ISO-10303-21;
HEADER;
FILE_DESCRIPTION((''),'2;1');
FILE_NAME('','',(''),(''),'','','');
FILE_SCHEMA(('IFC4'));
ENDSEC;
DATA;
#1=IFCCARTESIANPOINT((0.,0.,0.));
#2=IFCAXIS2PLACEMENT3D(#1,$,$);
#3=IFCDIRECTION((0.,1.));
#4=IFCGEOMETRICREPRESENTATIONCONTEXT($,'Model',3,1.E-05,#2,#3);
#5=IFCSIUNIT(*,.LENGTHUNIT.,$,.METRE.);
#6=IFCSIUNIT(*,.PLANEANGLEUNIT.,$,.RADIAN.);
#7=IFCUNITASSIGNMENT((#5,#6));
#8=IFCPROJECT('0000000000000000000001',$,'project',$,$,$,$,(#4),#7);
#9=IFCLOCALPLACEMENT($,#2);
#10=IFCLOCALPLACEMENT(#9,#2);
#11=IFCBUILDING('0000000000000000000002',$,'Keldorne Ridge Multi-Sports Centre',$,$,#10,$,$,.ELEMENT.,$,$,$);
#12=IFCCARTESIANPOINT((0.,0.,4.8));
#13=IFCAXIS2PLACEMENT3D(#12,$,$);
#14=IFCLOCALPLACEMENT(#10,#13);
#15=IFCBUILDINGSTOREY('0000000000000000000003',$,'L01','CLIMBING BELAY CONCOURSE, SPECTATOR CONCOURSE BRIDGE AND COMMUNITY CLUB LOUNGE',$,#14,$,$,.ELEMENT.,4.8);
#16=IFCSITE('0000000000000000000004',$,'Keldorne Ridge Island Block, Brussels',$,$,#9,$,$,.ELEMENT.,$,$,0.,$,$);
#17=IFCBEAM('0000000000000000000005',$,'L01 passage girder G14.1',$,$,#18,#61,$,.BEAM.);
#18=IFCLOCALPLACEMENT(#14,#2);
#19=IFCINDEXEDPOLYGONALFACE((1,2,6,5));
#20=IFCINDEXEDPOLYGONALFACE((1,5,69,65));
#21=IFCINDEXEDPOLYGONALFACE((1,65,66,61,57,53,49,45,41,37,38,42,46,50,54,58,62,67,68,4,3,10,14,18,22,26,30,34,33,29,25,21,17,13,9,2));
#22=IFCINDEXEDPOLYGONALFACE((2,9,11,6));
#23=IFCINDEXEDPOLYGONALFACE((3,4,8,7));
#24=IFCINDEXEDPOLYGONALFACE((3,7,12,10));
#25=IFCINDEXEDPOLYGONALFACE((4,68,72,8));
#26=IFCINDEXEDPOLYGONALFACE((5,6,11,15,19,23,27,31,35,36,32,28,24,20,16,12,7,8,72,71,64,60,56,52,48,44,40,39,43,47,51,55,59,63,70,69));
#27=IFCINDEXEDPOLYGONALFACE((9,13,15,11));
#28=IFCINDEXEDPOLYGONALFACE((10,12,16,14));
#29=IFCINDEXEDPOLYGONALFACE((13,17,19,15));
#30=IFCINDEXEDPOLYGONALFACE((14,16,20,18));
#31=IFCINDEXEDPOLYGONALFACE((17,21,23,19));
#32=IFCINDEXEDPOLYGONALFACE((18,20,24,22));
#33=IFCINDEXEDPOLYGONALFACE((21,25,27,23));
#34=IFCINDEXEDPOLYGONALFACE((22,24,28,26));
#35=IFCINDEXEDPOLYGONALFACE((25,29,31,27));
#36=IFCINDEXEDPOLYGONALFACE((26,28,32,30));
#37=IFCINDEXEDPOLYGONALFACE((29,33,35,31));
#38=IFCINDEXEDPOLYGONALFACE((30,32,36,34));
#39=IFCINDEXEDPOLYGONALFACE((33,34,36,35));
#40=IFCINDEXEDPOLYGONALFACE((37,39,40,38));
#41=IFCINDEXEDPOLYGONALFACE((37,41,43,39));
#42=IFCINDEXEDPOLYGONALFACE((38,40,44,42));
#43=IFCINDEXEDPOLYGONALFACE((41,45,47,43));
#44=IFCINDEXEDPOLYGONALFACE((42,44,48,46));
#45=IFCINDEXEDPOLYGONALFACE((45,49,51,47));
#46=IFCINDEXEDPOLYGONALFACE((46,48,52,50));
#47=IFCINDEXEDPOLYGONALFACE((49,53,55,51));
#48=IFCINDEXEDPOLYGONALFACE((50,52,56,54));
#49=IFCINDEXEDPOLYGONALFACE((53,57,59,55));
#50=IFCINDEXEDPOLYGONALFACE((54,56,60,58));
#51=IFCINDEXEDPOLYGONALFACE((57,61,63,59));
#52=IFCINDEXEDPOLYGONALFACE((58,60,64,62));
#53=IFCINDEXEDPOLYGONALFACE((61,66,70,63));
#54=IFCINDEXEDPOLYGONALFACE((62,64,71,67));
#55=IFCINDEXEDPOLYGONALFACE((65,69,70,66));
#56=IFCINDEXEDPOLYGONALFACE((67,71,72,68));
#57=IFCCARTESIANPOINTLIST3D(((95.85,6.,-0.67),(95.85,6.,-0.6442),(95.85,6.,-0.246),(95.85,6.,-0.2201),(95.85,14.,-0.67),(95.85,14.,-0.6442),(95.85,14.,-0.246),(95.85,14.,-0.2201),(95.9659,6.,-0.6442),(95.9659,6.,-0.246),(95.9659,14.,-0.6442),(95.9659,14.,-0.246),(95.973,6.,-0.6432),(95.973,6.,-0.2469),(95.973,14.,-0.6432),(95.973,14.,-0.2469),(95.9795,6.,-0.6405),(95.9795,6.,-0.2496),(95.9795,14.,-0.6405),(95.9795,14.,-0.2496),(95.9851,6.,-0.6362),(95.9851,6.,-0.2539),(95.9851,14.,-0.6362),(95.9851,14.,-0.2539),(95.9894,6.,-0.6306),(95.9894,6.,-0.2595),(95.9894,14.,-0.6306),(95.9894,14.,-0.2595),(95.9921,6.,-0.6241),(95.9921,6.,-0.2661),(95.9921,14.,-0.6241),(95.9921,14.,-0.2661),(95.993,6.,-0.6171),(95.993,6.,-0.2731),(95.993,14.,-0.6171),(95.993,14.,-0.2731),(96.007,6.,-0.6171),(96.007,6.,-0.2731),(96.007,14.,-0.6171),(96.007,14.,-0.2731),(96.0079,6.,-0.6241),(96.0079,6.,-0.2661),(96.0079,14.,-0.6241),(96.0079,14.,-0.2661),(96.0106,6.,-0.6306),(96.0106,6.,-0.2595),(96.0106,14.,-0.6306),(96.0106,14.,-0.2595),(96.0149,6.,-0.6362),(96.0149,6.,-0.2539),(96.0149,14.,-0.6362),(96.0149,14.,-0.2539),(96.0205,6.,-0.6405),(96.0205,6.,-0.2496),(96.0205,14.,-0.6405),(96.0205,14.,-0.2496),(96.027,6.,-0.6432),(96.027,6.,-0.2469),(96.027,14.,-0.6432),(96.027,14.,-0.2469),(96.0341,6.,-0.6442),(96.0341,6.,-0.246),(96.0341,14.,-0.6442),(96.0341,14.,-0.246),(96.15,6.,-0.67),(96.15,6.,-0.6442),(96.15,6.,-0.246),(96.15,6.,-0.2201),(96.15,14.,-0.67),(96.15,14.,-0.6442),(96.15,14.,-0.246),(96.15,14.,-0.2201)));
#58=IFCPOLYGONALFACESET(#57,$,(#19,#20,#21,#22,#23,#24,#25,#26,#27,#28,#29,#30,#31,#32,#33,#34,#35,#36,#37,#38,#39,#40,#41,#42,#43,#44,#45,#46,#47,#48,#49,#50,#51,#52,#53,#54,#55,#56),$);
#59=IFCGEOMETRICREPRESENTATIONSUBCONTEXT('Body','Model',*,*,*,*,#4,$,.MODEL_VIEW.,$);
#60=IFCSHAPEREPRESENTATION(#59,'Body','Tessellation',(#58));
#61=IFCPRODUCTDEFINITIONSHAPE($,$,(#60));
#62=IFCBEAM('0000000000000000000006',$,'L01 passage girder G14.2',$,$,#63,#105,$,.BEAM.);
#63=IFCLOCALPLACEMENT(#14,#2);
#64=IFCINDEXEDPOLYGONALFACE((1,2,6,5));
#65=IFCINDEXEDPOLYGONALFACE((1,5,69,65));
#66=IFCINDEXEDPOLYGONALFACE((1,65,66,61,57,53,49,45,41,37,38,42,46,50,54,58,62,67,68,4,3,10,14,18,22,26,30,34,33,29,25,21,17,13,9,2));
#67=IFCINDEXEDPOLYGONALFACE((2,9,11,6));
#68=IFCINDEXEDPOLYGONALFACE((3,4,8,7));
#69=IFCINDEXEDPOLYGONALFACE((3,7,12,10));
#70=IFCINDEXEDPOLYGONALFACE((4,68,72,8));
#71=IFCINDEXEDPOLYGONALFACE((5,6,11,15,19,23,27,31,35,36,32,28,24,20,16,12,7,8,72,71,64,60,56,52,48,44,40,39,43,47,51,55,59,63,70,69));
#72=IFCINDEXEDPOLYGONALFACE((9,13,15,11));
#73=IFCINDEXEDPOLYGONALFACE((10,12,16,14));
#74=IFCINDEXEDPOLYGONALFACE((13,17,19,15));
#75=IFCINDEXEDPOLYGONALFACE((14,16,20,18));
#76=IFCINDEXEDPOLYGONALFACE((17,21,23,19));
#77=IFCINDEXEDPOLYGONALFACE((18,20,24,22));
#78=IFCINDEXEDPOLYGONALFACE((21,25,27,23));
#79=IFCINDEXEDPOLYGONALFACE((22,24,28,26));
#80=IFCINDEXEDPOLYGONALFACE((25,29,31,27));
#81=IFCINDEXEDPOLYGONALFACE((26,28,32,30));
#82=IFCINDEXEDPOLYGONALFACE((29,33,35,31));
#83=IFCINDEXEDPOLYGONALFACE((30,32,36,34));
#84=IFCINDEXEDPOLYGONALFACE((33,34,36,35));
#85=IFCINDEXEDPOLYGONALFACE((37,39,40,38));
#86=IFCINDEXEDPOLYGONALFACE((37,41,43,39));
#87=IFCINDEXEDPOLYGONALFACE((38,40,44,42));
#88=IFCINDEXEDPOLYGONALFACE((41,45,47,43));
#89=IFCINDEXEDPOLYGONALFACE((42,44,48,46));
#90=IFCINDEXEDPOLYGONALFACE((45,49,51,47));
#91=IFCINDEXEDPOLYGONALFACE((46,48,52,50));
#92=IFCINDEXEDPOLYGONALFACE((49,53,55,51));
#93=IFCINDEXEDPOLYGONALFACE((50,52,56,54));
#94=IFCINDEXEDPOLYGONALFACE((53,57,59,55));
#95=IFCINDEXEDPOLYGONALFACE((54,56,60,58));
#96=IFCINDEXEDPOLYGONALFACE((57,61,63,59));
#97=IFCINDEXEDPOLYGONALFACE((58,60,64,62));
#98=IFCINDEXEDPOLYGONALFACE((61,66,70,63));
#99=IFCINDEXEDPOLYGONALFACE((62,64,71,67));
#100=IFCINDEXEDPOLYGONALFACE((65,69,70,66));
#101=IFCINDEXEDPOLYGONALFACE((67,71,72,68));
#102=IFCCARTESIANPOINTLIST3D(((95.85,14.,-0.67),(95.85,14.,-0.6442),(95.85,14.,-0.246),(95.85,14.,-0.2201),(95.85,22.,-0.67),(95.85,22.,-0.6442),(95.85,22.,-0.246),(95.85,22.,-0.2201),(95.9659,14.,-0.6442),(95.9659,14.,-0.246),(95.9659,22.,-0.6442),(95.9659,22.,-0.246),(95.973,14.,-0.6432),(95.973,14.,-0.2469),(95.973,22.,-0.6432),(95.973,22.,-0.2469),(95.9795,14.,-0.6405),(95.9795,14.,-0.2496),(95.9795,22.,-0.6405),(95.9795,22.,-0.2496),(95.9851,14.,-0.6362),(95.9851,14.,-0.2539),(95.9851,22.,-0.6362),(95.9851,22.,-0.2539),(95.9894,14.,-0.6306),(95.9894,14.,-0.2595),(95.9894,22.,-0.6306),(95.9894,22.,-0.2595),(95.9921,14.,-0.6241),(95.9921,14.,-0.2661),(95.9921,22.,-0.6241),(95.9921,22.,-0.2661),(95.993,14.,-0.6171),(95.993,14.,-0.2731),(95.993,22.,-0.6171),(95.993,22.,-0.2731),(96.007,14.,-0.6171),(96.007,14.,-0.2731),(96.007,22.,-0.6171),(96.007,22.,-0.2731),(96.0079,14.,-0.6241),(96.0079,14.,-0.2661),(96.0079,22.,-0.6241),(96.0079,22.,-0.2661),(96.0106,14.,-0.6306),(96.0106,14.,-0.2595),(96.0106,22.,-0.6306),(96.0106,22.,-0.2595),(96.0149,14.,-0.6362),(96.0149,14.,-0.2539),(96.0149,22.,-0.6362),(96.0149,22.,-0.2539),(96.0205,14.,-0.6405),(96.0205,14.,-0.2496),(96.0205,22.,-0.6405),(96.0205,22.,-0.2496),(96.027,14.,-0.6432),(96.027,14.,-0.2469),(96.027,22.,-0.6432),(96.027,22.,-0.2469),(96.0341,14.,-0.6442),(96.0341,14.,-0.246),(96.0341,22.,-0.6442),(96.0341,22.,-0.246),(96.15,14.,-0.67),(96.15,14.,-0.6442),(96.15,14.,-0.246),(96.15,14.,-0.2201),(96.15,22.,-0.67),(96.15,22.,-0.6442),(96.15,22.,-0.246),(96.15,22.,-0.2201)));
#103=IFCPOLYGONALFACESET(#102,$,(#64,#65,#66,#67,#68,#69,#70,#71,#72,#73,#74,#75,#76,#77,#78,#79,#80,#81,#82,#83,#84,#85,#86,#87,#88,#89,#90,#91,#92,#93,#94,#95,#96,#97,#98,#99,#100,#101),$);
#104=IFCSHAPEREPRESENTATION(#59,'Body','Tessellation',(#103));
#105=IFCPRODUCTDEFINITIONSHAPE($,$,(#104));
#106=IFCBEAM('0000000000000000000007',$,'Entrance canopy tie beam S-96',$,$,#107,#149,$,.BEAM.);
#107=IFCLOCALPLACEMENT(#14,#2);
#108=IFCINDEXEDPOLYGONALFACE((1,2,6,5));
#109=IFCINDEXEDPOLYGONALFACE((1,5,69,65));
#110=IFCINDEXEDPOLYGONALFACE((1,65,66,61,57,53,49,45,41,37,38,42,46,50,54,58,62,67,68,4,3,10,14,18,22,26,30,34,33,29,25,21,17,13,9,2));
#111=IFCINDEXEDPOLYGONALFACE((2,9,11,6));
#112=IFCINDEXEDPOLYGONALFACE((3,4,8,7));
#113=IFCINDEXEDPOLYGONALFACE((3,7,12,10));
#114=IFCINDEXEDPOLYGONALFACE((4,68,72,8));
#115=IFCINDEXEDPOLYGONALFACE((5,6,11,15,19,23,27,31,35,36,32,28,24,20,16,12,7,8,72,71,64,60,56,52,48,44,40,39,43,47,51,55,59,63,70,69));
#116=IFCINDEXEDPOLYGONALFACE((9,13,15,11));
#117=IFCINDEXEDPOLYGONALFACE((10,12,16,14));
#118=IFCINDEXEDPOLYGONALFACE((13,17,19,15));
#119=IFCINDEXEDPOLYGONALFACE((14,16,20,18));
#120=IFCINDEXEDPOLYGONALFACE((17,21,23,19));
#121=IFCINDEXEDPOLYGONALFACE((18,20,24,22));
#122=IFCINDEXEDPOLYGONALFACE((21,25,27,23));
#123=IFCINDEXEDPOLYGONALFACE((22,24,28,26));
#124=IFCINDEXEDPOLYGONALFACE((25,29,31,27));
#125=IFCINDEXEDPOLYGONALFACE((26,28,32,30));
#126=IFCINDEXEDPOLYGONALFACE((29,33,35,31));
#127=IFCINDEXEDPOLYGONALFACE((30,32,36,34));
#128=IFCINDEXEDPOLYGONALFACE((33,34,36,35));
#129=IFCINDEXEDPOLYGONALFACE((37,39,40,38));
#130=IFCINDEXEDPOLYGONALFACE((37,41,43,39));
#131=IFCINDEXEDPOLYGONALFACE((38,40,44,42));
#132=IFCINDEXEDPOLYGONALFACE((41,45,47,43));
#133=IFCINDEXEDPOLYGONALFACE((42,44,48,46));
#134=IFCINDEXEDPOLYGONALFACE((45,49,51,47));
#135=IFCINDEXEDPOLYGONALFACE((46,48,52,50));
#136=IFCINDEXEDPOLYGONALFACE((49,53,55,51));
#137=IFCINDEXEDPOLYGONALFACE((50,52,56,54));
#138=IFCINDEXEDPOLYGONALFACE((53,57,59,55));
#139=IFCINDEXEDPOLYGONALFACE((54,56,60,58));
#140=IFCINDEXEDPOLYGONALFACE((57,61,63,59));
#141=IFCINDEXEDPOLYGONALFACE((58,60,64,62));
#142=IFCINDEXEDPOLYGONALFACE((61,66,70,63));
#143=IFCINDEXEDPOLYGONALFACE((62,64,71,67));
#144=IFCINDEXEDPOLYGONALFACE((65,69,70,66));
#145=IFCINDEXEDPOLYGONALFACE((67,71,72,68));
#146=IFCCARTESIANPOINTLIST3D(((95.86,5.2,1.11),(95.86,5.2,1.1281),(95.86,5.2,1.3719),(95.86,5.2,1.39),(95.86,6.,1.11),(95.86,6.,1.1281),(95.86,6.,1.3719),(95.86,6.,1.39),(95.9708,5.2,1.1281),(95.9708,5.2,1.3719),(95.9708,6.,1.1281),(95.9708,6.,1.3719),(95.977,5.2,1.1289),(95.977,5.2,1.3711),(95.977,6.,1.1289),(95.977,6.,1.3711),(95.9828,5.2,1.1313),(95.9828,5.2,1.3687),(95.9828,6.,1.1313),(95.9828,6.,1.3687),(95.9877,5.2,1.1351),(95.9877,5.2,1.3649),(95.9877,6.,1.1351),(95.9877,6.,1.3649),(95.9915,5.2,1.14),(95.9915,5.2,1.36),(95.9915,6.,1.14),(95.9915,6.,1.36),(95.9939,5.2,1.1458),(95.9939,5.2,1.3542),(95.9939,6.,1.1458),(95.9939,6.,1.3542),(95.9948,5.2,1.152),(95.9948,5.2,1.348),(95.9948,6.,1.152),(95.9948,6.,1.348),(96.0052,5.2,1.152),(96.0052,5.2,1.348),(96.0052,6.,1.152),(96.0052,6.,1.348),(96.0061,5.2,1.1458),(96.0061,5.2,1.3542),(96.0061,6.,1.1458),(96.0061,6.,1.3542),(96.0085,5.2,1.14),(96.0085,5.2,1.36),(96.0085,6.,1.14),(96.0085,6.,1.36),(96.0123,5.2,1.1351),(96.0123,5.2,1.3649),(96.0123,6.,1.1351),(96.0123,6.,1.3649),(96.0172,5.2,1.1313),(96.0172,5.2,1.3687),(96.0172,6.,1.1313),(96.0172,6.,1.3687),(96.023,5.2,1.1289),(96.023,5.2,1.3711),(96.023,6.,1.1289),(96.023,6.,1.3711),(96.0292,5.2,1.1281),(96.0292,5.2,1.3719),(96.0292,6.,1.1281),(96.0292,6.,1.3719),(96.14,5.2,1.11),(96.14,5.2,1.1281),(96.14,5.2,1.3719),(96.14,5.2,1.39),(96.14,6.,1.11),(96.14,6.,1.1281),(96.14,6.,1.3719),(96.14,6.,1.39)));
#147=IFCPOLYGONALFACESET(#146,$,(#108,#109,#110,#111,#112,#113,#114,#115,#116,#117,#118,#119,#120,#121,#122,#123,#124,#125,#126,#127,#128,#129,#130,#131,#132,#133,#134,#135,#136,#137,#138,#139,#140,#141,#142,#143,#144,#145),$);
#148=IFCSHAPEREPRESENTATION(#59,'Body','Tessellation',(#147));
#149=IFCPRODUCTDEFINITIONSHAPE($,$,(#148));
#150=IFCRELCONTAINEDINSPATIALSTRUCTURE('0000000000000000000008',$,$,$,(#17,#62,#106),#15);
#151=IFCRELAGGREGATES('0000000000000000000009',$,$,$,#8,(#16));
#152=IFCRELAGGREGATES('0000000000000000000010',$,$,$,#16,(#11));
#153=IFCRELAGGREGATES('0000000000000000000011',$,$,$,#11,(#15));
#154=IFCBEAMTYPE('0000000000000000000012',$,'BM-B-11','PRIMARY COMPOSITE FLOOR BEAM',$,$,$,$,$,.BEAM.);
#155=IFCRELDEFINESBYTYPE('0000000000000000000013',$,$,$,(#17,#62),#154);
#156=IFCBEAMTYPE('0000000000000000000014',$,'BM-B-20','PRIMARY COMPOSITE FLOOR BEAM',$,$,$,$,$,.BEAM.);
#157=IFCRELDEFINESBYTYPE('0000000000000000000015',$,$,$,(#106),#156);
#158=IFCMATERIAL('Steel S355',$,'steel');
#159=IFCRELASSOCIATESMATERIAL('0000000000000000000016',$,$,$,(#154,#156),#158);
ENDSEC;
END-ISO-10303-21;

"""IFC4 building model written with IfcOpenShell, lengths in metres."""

from ifc_helpers import new_model, si_unit, direction, frame, origin, origin_2d, place, context, subcontext, project, spatial, i_section, extrude, material, material_profile, profile_set, type_object, element, save


model = new_model("IFC4")

# Units and contexts
model_context = context("Model", 3, precision=1e-05, world=origin(), true_north=direction((0.0, 1.0)))
body_context = subcontext(model_context, "Body", "Model", "MODEL_VIEW")
ifc_project = project(units=[si_unit("LENGTHUNIT", "METRE"), si_unit("PLANEANGLEUNIT", "RADIAN")], contexts=[model_context])

# Site, building, storey
site_placement = place(None, origin())
site = spatial("IfcSite", under=ifc_project, at=site_placement, Name="Keldorne Ridge Island Block, Brussels", CompositionType="ELEMENT", RefElevation=0.0)
building_placement = place(site_placement, origin())
building = spatial("IfcBuilding", under=site, at=building_placement, Name="Keldorne Ridge Multi-Sports Centre", CompositionType="ELEMENT")
storey_placement = place(building_placement, frame((0.0, 0.0, 4.8)))
storey = spatial("IfcBuildingStorey", under=building, at=storey_placement, Name="L01", Description="CLIMBING BELAY CONCOURSE, SPECTATOR CONCOURSE BRIDGE AND COMMUNITY CLUB LOUNGE", CompositionType="ELEMENT", Elevation=4.8)

# Shared definitions
ifc_material_1 = material(Name="Steel S355", Category="steel")

# Beams
ifc_material_profile_1 = material_profile(ifc_material_1, i_section(OverallWidth=0.3, OverallDepth=0.45, WebThickness=0.0139, FlangeThickness=0.0259, FilletRadius=0.0271, at=origin_2d()), Name="HEB 450")
ifc_profile_set_1 = profile_set([ifc_material_profile_1], Name="Steel S355")
beam_type_1 = type_object("IfcBeamType", Name="BM-B-11", Description="PRIMARY COMPOSITE FLOOR BEAM", PredefinedType="BEAM", material=ifc_profile_set_1)
for number, where, z_axis, x_axis, name in (
    (1, (96.0, 6.0, -0.4451), (0.0, 1.0, 0.0), (-1.0, 0.0, 0.0), "L01 passage girder G14.1"),
    (2, (96.0, 14.0, -0.4451), (0.0, 1.0, 0.0), (-1.0, 0.0, 0.0), "L01 passage girder G14.2"),
):
    element("IfcBeam", number, at=place(storey_placement, frame(where, z_axis=z_axis, x_axis=x_axis)), inside=storey, type_object=beam_type_1, Name=name, PredefinedType="BEAM", context=body_context, shape_type="SweptSolid", body=[
        extrude(i_section(OverallWidth=0.3, OverallDepth=0.45, WebThickness=0.0139, FlangeThickness=0.0259, FilletRadius=0.0271, at=origin_2d()), origin(), (0.0, 0.0, 1.0), 8.0),
    ])
ifc_material_profile_2 = material_profile(ifc_material_1, i_section(OverallWidth=0.28, OverallDepth=0.28, WebThickness=0.0105, FlangeThickness=0.0181, FilletRadius=0.0239, at=origin_2d()), Name="HEB 280")
ifc_profile_set_2 = profile_set([ifc_material_profile_2], Name="Steel S355")
beam_type_2 = type_object("IfcBeamType", Name="BM-B-20", Description="PRIMARY COMPOSITE FLOOR BEAM", PredefinedType="BEAM", material=ifc_profile_set_2)
beam_placement = place(storey_placement, frame((96.0, 5.2, 1.25), z_axis=(0.0, 1.0, 0.0), x_axis=(-1.0, 0.0, 0.0)))
element("IfcBeam", 3, at=beam_placement, inside=storey, type_object=beam_type_2, Name="Entrance canopy tie beam S-96", PredefinedType="BEAM", context=body_context, shape_type="SweptSolid", body=[
    extrude(i_section(OverallWidth=0.28, OverallDepth=0.28, WebThickness=0.0105, FlangeThickness=0.0181, FilletRadius=0.0239, at=origin_2d()), origin(), (0.0, 0.0, 1.0), 0.8),
])

save(model, "model.ifc")
